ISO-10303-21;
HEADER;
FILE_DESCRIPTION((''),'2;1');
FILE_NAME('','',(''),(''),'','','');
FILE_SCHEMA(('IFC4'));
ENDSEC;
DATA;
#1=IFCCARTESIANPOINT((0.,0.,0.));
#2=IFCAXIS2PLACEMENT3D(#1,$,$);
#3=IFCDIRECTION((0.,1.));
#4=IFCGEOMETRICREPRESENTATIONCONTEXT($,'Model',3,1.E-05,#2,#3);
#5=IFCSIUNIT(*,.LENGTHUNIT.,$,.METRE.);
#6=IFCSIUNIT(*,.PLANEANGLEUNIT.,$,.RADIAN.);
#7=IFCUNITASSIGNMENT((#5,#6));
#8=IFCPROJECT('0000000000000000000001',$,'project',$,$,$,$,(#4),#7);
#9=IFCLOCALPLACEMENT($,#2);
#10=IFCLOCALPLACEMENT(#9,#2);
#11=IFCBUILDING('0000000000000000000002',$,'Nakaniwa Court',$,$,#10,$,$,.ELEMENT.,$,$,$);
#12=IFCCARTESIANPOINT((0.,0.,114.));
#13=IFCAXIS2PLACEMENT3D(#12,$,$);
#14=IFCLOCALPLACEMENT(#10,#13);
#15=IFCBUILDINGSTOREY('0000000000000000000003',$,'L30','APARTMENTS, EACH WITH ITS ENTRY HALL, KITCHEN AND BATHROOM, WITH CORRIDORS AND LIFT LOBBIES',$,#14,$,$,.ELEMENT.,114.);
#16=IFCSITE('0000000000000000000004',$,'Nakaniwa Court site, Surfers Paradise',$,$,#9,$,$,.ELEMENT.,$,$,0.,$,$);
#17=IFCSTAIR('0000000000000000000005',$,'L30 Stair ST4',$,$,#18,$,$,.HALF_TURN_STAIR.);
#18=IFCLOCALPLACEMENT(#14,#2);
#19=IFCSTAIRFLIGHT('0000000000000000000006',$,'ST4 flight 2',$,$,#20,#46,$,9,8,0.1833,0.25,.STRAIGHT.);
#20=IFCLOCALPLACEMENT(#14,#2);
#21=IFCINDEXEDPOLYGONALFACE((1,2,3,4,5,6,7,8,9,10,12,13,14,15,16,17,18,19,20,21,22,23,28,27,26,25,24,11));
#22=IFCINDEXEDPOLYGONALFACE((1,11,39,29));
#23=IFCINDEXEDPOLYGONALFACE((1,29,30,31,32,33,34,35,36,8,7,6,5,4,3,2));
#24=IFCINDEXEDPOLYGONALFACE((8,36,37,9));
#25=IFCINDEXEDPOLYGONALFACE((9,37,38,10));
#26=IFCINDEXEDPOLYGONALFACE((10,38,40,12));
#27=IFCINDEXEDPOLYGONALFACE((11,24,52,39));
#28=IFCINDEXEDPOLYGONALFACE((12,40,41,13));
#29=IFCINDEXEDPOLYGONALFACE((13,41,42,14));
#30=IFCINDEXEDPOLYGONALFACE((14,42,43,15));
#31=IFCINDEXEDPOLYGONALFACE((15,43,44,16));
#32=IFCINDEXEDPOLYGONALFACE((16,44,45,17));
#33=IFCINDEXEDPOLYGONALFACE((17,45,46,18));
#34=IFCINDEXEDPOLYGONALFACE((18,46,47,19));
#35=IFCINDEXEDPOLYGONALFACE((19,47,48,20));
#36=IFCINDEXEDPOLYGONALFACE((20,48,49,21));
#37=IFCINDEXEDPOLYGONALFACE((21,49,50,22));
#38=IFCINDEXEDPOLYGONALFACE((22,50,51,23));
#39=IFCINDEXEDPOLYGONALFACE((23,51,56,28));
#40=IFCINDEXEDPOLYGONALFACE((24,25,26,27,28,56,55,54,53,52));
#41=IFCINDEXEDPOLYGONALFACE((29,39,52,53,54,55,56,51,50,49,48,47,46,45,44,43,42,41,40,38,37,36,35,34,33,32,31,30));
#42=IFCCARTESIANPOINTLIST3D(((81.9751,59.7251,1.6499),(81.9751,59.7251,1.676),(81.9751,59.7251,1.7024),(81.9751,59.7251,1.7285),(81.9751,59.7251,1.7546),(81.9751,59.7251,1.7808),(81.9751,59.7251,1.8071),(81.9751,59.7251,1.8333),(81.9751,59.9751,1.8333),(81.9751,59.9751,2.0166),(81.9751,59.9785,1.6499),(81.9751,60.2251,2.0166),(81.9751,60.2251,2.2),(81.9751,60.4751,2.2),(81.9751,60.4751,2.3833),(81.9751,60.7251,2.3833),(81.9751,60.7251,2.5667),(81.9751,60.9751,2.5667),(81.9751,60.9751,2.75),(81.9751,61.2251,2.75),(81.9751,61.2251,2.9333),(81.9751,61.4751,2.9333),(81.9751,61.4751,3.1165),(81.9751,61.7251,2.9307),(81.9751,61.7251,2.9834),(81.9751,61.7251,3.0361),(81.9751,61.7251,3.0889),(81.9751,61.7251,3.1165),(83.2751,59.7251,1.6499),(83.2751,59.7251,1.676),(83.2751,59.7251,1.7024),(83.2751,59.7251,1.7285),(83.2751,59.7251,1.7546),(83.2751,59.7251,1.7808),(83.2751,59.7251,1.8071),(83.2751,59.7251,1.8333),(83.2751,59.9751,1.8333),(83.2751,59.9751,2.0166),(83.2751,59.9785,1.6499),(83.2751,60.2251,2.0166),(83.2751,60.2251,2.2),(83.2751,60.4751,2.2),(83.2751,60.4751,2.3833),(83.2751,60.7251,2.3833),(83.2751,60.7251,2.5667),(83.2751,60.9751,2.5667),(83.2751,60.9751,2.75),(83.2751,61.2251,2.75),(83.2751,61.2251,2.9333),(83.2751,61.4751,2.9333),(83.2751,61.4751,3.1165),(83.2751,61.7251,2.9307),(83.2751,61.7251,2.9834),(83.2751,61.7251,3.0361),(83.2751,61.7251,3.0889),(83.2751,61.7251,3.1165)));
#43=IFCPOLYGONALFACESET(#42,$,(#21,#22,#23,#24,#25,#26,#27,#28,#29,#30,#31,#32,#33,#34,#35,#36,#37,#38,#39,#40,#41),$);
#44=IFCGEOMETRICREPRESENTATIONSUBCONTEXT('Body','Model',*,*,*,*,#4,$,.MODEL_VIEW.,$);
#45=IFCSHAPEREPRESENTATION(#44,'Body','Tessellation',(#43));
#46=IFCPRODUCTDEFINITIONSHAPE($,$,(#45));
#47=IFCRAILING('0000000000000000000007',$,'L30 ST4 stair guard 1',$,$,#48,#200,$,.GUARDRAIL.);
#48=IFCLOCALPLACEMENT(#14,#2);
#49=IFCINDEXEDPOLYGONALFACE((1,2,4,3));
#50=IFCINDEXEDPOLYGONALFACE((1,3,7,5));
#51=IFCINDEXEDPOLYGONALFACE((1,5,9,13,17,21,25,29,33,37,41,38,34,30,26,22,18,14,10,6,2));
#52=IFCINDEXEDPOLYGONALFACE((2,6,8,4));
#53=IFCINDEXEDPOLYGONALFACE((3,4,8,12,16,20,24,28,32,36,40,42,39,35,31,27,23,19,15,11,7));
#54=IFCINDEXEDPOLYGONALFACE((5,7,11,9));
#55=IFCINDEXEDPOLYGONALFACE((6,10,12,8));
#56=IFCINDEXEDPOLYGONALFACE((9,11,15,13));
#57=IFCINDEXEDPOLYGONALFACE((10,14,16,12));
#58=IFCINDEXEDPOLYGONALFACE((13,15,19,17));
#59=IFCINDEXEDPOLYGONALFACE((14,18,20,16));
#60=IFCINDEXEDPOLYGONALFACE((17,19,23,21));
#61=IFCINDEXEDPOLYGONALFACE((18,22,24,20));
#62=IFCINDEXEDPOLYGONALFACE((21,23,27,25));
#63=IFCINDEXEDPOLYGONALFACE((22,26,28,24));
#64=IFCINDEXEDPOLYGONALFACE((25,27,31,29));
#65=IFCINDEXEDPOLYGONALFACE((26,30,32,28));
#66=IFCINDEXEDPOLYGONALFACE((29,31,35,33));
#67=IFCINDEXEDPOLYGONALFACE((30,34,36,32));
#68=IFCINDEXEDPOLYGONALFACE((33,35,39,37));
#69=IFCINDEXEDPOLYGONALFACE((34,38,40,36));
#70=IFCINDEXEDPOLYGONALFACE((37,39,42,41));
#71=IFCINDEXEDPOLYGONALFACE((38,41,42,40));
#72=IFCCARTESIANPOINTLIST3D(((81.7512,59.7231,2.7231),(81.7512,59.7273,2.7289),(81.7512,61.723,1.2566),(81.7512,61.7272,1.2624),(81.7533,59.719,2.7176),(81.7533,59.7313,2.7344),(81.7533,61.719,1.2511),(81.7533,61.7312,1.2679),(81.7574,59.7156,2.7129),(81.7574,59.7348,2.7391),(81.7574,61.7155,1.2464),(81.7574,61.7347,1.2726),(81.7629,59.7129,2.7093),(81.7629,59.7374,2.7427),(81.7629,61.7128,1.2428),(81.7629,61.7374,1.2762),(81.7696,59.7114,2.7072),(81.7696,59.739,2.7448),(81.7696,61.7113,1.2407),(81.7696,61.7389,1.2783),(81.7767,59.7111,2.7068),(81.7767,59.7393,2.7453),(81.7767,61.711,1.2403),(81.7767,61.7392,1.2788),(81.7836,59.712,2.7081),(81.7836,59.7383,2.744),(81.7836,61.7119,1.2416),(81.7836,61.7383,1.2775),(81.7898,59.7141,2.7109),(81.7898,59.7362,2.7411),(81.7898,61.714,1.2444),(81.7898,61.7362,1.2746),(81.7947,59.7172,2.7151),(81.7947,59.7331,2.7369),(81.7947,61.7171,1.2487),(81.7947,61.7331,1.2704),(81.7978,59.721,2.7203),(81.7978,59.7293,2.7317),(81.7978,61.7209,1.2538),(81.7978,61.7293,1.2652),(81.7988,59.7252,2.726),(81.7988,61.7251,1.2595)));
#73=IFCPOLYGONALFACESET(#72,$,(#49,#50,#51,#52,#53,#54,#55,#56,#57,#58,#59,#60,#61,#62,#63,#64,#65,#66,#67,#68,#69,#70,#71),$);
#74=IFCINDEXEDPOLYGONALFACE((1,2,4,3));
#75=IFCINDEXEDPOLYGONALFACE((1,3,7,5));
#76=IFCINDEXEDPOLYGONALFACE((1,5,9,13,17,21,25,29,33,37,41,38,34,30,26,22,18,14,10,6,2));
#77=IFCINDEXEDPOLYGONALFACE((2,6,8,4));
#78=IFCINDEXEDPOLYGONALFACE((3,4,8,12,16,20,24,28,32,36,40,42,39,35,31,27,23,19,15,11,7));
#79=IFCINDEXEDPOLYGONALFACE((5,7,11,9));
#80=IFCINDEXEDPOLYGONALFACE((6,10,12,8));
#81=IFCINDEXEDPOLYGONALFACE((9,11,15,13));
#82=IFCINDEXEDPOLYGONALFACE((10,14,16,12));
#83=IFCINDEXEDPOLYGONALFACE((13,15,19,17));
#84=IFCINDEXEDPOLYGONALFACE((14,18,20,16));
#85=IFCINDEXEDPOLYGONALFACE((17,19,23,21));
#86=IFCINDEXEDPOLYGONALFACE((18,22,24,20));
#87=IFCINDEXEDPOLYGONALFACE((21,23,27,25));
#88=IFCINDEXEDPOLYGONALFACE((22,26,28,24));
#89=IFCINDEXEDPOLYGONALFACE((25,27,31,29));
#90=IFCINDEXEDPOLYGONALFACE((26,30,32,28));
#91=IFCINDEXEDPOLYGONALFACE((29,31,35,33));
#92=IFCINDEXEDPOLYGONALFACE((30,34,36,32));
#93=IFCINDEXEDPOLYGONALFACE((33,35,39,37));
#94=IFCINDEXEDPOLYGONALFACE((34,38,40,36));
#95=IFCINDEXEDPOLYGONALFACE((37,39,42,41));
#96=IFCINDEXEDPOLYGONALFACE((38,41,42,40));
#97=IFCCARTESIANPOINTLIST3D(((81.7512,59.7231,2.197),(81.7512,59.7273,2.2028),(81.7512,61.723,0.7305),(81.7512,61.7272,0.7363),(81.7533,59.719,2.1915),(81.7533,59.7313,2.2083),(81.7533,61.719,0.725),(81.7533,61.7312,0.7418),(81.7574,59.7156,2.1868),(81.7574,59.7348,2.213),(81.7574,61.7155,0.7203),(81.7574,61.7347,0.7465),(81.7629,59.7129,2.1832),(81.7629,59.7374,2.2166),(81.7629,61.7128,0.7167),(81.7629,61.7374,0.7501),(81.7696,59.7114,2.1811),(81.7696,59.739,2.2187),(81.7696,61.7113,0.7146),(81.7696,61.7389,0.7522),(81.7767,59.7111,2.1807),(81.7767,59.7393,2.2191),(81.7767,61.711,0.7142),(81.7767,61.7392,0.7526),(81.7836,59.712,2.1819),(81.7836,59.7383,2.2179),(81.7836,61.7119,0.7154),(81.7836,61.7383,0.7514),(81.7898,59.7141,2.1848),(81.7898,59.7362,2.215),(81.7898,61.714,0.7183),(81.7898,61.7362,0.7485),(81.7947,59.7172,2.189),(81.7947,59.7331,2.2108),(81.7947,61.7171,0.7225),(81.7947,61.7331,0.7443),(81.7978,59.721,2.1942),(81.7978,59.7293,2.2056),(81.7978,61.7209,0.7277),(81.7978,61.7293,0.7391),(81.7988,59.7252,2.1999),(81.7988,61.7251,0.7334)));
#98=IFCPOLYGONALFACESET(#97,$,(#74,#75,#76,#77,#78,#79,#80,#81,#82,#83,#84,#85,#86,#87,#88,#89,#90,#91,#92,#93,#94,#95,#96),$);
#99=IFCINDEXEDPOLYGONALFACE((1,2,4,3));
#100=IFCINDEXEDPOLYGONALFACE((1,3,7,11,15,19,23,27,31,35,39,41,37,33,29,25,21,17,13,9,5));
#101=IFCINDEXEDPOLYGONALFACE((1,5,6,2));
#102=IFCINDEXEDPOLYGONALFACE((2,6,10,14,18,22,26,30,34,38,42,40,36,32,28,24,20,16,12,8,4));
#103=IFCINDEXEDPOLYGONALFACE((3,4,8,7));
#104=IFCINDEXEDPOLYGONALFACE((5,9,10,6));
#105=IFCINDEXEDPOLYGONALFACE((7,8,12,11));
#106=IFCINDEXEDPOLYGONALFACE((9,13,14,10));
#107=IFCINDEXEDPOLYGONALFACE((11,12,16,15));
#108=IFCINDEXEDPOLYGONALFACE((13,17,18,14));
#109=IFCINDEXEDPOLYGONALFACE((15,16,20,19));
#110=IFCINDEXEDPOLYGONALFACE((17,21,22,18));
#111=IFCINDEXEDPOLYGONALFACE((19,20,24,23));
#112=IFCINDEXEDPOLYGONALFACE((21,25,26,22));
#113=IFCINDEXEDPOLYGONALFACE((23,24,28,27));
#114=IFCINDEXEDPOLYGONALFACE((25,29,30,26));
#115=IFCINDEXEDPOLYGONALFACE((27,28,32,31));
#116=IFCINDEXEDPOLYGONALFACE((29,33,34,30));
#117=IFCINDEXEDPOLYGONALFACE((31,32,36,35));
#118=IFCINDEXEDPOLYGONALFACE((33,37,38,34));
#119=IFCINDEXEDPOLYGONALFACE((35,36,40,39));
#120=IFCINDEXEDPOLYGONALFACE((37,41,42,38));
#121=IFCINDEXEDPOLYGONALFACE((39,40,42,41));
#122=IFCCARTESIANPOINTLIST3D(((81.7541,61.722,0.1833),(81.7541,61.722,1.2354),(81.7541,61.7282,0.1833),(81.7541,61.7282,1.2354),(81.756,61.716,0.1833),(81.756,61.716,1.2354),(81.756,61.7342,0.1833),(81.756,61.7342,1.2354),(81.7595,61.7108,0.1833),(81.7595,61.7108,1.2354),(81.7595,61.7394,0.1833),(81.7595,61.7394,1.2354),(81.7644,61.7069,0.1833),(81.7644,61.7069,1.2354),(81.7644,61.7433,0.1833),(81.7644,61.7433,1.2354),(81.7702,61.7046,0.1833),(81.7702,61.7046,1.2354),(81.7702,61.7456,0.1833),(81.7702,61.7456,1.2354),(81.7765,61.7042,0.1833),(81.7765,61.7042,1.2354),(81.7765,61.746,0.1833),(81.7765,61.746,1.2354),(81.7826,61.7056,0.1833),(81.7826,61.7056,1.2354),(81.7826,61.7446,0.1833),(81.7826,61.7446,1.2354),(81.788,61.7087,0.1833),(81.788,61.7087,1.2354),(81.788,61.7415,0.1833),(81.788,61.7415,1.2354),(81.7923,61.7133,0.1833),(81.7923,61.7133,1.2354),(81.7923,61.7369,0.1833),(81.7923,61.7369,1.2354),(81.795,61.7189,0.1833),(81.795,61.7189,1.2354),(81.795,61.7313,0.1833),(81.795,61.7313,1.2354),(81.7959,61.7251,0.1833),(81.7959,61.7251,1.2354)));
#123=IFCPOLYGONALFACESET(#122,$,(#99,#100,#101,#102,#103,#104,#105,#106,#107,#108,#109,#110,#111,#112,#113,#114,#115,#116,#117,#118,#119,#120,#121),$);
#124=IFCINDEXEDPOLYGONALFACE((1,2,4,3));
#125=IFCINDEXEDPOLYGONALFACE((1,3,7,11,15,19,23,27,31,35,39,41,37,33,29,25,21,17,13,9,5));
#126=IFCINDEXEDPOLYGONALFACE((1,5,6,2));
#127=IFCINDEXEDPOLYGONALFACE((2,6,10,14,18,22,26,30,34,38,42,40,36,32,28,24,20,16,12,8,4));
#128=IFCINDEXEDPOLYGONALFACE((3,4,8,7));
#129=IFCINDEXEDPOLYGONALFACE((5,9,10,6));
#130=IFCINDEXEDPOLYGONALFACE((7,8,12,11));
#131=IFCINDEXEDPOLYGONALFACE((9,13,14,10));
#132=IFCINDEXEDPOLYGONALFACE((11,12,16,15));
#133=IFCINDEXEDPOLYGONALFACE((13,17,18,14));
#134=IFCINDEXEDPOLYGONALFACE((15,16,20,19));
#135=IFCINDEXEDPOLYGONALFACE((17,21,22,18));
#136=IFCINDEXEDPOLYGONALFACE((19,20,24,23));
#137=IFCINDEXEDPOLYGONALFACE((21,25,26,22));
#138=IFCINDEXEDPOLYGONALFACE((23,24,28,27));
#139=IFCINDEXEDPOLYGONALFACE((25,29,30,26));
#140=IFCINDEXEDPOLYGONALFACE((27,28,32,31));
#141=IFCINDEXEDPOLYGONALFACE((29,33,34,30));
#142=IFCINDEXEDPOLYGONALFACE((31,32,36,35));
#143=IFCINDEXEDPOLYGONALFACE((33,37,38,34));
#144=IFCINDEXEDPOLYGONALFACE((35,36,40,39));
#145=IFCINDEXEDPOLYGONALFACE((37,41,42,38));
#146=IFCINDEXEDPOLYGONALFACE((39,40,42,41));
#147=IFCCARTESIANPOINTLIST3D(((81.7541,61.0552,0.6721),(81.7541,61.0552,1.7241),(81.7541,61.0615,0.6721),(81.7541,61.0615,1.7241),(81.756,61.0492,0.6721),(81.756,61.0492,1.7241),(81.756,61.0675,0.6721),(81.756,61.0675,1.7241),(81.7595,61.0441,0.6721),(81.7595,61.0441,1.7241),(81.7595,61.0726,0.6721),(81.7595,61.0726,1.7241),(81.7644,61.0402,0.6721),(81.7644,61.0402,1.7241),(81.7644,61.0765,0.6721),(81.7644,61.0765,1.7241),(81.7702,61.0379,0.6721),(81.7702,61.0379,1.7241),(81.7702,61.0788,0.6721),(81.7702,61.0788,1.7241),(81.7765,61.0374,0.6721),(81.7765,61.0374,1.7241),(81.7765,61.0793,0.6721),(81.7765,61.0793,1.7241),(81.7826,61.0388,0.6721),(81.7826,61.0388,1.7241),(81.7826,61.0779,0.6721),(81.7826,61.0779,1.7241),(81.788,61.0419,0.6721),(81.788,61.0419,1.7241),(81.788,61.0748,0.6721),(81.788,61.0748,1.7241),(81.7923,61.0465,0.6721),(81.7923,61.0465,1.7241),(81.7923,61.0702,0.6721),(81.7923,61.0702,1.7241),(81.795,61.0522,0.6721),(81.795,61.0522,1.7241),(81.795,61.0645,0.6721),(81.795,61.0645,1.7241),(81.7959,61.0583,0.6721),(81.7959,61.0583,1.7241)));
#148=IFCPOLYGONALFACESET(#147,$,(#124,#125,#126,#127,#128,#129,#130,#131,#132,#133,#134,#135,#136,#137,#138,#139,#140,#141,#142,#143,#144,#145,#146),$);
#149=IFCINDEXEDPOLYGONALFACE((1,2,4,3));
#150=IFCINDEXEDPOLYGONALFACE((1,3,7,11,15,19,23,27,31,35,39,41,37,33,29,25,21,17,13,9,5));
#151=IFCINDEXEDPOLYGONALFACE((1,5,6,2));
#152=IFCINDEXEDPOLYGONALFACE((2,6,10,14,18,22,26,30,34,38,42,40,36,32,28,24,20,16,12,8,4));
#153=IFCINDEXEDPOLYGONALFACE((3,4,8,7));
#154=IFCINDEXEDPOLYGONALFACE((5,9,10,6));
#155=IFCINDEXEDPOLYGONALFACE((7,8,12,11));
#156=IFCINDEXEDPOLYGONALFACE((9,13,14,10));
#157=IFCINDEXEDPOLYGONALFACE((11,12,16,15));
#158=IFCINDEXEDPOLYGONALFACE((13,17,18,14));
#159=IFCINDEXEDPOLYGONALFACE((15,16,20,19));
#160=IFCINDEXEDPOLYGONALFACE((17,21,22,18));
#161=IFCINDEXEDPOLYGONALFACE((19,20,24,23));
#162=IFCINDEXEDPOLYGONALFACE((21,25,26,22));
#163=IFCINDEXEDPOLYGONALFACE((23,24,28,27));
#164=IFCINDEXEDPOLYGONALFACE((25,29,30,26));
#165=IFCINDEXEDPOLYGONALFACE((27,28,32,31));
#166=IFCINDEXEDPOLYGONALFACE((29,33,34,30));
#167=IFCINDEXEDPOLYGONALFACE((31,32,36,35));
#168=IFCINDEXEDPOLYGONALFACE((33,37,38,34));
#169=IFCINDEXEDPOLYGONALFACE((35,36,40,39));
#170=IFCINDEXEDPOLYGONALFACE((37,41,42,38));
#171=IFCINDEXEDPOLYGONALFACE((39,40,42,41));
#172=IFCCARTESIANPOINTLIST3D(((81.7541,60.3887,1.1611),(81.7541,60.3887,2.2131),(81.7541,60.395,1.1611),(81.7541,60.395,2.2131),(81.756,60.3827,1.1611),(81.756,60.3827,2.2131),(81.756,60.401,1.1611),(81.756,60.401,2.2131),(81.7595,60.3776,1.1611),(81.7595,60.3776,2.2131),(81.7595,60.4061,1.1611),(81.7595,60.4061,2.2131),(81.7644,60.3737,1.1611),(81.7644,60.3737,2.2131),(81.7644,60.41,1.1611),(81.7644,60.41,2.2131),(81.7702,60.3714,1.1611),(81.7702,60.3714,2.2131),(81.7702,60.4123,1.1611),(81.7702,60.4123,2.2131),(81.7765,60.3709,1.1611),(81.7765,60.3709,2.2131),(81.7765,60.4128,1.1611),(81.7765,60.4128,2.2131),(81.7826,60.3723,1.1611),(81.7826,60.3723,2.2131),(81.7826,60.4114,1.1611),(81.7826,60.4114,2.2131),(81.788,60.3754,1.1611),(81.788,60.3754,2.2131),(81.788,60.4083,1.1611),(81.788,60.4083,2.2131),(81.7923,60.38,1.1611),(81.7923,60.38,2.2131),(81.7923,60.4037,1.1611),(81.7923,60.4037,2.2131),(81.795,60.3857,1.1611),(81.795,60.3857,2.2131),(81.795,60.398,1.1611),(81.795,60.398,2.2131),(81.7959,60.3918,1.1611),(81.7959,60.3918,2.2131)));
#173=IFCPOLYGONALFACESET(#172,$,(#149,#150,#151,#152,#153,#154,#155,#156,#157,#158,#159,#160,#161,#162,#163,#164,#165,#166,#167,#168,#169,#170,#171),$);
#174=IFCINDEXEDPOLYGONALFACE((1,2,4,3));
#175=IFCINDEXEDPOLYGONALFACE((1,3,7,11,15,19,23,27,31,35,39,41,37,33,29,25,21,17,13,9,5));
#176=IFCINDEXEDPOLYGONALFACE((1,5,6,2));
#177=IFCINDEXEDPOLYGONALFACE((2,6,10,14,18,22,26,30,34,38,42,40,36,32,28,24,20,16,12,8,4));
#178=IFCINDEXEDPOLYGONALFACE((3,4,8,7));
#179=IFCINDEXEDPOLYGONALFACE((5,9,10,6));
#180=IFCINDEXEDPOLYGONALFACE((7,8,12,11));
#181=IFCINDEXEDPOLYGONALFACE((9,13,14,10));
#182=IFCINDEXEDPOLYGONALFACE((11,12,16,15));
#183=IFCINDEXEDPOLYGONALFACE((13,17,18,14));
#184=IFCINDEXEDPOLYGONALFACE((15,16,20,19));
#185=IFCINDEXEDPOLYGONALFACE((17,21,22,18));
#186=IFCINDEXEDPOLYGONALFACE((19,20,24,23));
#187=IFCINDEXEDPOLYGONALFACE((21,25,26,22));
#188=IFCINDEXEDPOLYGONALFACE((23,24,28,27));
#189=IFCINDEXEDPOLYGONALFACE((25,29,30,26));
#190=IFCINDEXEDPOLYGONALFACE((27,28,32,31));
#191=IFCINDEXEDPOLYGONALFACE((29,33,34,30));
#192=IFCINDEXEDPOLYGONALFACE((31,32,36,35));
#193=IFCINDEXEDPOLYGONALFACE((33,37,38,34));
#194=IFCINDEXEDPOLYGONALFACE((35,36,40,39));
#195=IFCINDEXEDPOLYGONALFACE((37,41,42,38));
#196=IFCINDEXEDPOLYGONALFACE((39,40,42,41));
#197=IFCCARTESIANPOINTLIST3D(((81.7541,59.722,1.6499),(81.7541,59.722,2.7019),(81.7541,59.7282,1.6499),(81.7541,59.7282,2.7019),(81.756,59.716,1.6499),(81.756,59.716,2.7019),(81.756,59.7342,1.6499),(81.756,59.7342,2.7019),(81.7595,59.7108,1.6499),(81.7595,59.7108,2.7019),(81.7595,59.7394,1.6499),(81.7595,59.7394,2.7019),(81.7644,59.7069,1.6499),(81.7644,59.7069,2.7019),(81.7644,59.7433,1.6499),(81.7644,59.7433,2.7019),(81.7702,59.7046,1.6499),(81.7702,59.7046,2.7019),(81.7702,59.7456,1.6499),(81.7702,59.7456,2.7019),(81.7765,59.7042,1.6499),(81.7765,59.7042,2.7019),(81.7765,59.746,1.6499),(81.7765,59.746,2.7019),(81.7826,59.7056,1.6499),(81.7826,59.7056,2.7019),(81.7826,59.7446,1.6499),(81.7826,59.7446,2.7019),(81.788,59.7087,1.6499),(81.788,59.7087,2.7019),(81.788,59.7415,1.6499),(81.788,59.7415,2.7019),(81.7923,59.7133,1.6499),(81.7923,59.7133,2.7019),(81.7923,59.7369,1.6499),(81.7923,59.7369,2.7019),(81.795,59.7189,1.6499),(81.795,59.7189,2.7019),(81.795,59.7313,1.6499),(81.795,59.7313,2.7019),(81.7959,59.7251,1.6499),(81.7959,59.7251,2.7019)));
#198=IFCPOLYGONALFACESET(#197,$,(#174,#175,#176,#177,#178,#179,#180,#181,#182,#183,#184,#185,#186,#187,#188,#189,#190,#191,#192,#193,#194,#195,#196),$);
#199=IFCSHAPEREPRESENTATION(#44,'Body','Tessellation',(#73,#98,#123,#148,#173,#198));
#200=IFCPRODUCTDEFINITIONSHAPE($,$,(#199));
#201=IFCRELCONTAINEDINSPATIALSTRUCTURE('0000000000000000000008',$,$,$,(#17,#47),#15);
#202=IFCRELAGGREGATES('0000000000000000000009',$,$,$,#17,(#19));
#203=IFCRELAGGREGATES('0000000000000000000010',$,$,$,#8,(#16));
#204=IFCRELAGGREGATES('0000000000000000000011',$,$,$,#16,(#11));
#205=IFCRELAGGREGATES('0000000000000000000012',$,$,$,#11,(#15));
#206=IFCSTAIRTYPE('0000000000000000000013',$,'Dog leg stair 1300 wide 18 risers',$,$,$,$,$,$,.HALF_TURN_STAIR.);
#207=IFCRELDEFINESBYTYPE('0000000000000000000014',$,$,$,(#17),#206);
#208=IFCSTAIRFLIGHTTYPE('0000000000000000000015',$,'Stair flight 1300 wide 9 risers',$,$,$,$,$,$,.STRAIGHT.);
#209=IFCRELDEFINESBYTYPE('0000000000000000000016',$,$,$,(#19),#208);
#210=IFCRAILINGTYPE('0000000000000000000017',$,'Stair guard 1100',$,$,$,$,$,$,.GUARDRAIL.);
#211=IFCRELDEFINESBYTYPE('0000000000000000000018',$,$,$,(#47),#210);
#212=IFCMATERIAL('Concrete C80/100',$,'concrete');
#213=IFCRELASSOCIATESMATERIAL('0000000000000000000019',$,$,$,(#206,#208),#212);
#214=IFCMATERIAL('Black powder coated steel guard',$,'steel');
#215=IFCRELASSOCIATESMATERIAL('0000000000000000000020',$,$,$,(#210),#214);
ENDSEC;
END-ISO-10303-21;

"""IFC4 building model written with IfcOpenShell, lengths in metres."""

from ifc_helpers import new_model, si_unit, direction, frame, origin, origin_2d, place, context, subcontext, project, spatial, polyline, circle, outline, extrude, material, type_object, element, aggregate, save


model = new_model("IFC4")

# Units and contexts
model_context = context("Model", 3, precision=1e-05, world=origin(), true_north=direction((0.0, 1.0)))
body_context = subcontext(model_context, "Body", "Model", "MODEL_VIEW")
ifc_project = project(units=[si_unit("LENGTHUNIT", "METRE"), si_unit("PLANEANGLEUNIT", "RADIAN")], contexts=[model_context])

# Site, building, storey
site_placement = place(None, origin())
site = spatial("IfcSite", under=ifc_project, at=site_placement, Name="Nakaniwa Court site, Surfers Paradise", CompositionType="ELEMENT", RefElevation=0.0)
building_placement = place(site_placement, origin())
building = spatial("IfcBuilding", under=site, at=building_placement, Name="Nakaniwa Court", CompositionType="ELEMENT")
storey_placement = place(building_placement, frame((0.0, 0.0, 114.0)))
storey = spatial("IfcBuildingStorey", under=building, at=storey_placement, Name="L30", Description="APARTMENTS, EACH WITH ITS ENTRY HALL, KITCHEN AND BATHROOM, WITH CORRIDORS AND LIFT LOBBIES", CompositionType="ELEMENT", Elevation=114.0)

# Shared definitions
ifc_material_1 = material(Name="Concrete C80/100", Category="concrete")

# Stair, stair flight
stair_type = type_object("IfcStairType", Name="Dog leg stair 1300 wide 18 risers", PredefinedType="HALF_TURN_STAIR", material=ifc_material_1)
stair_placement = place(storey_placement, origin())
stair = element("IfcStair", 1, at=stair_placement, inside=storey, type_object=stair_type, Name="L30 Stair ST4", PredefinedType="HALF_TURN_STAIR")
stair_flight_type = type_object("IfcStairFlightType", Name="Stair flight 1300 wide 9 risers", PredefinedType="STRAIGHT", material=ifc_material_1)
stair_flight_1_placement = place(storey_placement, frame((82.625, 59.7251, 1.6499), z_axis=(0.0, 0.0, 1.0), x_axis=(0.0, 1.0, 0.0)))
stair_flight_1 = element("IfcStairFlight", 2, at=stair_flight_1_placement, type_object=stair_flight_type, Name="ST4 flight 2", NumberOfRisers=9, NumberOfTreads=8, PredefinedType="STRAIGHT", RiserHeight=0.1833, TreadLength=0.25, context=body_context, shape_type="SweptSolid", body=[
    extrude(outline(polyline([(0.0, 0.0), (0.0, 0.0261), (0.0, 0.0525), (0.0, 0.0786), (0.0, 0.1047), (0.0, 0.1309), (0.0, 0.1572), (0.0, 0.1833), (0.25, 0.1833), (0.25, 0.3667), (0.5, 0.3667), (0.5, 0.55), (0.75, 0.55), (0.75, 0.7334), (1.0, 0.7334), (1.0, 0.9167), (1.25, 0.9167), (1.25, 1.1001), (1.5, 1.1001), (1.5, 1.2834), (1.75, 1.2834), (1.75, 1.4666), (2.0, 1.4666), (2.0, 1.6499), (2.0, 1.5972), (2.0, 1.5444), (2.0, 1.4917), (2.0, 1.439), (2.0, 1.3862), (2.0, 1.3335), (2.0, 1.2808), (0.2534, 0.0), (0.0, 0.0)])), frame((0.0, 0.6499, 0.0), z_axis=(0.0, -1.0, 0.0), x_axis=(1.0, 0.0, 0.0)), (0.0, 0.0, 1.0), 1.3),
])
aggregate(stair, [stair_flight_1])

# Railing
ifc_material_2 = material(Name="Black powder coated steel guard", Category="steel")
railing_type_1 = type_object("IfcRailingType", Name="Stair guard 1100", PredefinedType="GUARDRAIL", material=ifc_material_2)
railing_1_placement = place(storey_placement, frame((81.7749, 61.7251, 0.1833)))
element("IfcRailing", 3, at=railing_1_placement, inside=storey, type_object=railing_type_1, Name="L30 ST4 stair guard 1", PredefinedType="GUARDRAIL", context=body_context, shape_type="SweptSolid", body=[
    extrude(circle(Radius=0.0239, at=origin_2d()), frame((0.0, 0.0, 1.0762), z_axis=(0.0, -0.806427, 0.591334), x_axis=(1.0, 0.0, 0.0)), (0.0, 0.0, 1.0), 2.48),
    extrude(circle(Radius=0.0239, at=origin_2d()), frame((0.0, 0.0, 0.55), z_axis=(0.0, -0.806427, 0.591334), x_axis=(1.0, 0.0, 0.0)), (0.0, 0.0, 1.0), 2.48),
    extrude(circle(Radius=0.021, at=origin_2d()), origin(), (0.0, 0.0, 1.0), 1.052),
    extrude(circle(Radius=0.021, at=origin_2d()), frame((0.0, -0.6667, 0.4888)), (0.0, 0.0, 1.0), 1.052),
    extrude(circle(Radius=0.021, at=origin_2d()), frame((0.0, -1.3333, 0.9778)), (0.0, 0.0, 1.0), 1.052),
    extrude(circle(Radius=0.021, at=origin_2d()), frame((0.0, -2.0, 1.4666)), (0.0, 0.0, 1.0), 1.052),
])

save(model, "model.ifc")
